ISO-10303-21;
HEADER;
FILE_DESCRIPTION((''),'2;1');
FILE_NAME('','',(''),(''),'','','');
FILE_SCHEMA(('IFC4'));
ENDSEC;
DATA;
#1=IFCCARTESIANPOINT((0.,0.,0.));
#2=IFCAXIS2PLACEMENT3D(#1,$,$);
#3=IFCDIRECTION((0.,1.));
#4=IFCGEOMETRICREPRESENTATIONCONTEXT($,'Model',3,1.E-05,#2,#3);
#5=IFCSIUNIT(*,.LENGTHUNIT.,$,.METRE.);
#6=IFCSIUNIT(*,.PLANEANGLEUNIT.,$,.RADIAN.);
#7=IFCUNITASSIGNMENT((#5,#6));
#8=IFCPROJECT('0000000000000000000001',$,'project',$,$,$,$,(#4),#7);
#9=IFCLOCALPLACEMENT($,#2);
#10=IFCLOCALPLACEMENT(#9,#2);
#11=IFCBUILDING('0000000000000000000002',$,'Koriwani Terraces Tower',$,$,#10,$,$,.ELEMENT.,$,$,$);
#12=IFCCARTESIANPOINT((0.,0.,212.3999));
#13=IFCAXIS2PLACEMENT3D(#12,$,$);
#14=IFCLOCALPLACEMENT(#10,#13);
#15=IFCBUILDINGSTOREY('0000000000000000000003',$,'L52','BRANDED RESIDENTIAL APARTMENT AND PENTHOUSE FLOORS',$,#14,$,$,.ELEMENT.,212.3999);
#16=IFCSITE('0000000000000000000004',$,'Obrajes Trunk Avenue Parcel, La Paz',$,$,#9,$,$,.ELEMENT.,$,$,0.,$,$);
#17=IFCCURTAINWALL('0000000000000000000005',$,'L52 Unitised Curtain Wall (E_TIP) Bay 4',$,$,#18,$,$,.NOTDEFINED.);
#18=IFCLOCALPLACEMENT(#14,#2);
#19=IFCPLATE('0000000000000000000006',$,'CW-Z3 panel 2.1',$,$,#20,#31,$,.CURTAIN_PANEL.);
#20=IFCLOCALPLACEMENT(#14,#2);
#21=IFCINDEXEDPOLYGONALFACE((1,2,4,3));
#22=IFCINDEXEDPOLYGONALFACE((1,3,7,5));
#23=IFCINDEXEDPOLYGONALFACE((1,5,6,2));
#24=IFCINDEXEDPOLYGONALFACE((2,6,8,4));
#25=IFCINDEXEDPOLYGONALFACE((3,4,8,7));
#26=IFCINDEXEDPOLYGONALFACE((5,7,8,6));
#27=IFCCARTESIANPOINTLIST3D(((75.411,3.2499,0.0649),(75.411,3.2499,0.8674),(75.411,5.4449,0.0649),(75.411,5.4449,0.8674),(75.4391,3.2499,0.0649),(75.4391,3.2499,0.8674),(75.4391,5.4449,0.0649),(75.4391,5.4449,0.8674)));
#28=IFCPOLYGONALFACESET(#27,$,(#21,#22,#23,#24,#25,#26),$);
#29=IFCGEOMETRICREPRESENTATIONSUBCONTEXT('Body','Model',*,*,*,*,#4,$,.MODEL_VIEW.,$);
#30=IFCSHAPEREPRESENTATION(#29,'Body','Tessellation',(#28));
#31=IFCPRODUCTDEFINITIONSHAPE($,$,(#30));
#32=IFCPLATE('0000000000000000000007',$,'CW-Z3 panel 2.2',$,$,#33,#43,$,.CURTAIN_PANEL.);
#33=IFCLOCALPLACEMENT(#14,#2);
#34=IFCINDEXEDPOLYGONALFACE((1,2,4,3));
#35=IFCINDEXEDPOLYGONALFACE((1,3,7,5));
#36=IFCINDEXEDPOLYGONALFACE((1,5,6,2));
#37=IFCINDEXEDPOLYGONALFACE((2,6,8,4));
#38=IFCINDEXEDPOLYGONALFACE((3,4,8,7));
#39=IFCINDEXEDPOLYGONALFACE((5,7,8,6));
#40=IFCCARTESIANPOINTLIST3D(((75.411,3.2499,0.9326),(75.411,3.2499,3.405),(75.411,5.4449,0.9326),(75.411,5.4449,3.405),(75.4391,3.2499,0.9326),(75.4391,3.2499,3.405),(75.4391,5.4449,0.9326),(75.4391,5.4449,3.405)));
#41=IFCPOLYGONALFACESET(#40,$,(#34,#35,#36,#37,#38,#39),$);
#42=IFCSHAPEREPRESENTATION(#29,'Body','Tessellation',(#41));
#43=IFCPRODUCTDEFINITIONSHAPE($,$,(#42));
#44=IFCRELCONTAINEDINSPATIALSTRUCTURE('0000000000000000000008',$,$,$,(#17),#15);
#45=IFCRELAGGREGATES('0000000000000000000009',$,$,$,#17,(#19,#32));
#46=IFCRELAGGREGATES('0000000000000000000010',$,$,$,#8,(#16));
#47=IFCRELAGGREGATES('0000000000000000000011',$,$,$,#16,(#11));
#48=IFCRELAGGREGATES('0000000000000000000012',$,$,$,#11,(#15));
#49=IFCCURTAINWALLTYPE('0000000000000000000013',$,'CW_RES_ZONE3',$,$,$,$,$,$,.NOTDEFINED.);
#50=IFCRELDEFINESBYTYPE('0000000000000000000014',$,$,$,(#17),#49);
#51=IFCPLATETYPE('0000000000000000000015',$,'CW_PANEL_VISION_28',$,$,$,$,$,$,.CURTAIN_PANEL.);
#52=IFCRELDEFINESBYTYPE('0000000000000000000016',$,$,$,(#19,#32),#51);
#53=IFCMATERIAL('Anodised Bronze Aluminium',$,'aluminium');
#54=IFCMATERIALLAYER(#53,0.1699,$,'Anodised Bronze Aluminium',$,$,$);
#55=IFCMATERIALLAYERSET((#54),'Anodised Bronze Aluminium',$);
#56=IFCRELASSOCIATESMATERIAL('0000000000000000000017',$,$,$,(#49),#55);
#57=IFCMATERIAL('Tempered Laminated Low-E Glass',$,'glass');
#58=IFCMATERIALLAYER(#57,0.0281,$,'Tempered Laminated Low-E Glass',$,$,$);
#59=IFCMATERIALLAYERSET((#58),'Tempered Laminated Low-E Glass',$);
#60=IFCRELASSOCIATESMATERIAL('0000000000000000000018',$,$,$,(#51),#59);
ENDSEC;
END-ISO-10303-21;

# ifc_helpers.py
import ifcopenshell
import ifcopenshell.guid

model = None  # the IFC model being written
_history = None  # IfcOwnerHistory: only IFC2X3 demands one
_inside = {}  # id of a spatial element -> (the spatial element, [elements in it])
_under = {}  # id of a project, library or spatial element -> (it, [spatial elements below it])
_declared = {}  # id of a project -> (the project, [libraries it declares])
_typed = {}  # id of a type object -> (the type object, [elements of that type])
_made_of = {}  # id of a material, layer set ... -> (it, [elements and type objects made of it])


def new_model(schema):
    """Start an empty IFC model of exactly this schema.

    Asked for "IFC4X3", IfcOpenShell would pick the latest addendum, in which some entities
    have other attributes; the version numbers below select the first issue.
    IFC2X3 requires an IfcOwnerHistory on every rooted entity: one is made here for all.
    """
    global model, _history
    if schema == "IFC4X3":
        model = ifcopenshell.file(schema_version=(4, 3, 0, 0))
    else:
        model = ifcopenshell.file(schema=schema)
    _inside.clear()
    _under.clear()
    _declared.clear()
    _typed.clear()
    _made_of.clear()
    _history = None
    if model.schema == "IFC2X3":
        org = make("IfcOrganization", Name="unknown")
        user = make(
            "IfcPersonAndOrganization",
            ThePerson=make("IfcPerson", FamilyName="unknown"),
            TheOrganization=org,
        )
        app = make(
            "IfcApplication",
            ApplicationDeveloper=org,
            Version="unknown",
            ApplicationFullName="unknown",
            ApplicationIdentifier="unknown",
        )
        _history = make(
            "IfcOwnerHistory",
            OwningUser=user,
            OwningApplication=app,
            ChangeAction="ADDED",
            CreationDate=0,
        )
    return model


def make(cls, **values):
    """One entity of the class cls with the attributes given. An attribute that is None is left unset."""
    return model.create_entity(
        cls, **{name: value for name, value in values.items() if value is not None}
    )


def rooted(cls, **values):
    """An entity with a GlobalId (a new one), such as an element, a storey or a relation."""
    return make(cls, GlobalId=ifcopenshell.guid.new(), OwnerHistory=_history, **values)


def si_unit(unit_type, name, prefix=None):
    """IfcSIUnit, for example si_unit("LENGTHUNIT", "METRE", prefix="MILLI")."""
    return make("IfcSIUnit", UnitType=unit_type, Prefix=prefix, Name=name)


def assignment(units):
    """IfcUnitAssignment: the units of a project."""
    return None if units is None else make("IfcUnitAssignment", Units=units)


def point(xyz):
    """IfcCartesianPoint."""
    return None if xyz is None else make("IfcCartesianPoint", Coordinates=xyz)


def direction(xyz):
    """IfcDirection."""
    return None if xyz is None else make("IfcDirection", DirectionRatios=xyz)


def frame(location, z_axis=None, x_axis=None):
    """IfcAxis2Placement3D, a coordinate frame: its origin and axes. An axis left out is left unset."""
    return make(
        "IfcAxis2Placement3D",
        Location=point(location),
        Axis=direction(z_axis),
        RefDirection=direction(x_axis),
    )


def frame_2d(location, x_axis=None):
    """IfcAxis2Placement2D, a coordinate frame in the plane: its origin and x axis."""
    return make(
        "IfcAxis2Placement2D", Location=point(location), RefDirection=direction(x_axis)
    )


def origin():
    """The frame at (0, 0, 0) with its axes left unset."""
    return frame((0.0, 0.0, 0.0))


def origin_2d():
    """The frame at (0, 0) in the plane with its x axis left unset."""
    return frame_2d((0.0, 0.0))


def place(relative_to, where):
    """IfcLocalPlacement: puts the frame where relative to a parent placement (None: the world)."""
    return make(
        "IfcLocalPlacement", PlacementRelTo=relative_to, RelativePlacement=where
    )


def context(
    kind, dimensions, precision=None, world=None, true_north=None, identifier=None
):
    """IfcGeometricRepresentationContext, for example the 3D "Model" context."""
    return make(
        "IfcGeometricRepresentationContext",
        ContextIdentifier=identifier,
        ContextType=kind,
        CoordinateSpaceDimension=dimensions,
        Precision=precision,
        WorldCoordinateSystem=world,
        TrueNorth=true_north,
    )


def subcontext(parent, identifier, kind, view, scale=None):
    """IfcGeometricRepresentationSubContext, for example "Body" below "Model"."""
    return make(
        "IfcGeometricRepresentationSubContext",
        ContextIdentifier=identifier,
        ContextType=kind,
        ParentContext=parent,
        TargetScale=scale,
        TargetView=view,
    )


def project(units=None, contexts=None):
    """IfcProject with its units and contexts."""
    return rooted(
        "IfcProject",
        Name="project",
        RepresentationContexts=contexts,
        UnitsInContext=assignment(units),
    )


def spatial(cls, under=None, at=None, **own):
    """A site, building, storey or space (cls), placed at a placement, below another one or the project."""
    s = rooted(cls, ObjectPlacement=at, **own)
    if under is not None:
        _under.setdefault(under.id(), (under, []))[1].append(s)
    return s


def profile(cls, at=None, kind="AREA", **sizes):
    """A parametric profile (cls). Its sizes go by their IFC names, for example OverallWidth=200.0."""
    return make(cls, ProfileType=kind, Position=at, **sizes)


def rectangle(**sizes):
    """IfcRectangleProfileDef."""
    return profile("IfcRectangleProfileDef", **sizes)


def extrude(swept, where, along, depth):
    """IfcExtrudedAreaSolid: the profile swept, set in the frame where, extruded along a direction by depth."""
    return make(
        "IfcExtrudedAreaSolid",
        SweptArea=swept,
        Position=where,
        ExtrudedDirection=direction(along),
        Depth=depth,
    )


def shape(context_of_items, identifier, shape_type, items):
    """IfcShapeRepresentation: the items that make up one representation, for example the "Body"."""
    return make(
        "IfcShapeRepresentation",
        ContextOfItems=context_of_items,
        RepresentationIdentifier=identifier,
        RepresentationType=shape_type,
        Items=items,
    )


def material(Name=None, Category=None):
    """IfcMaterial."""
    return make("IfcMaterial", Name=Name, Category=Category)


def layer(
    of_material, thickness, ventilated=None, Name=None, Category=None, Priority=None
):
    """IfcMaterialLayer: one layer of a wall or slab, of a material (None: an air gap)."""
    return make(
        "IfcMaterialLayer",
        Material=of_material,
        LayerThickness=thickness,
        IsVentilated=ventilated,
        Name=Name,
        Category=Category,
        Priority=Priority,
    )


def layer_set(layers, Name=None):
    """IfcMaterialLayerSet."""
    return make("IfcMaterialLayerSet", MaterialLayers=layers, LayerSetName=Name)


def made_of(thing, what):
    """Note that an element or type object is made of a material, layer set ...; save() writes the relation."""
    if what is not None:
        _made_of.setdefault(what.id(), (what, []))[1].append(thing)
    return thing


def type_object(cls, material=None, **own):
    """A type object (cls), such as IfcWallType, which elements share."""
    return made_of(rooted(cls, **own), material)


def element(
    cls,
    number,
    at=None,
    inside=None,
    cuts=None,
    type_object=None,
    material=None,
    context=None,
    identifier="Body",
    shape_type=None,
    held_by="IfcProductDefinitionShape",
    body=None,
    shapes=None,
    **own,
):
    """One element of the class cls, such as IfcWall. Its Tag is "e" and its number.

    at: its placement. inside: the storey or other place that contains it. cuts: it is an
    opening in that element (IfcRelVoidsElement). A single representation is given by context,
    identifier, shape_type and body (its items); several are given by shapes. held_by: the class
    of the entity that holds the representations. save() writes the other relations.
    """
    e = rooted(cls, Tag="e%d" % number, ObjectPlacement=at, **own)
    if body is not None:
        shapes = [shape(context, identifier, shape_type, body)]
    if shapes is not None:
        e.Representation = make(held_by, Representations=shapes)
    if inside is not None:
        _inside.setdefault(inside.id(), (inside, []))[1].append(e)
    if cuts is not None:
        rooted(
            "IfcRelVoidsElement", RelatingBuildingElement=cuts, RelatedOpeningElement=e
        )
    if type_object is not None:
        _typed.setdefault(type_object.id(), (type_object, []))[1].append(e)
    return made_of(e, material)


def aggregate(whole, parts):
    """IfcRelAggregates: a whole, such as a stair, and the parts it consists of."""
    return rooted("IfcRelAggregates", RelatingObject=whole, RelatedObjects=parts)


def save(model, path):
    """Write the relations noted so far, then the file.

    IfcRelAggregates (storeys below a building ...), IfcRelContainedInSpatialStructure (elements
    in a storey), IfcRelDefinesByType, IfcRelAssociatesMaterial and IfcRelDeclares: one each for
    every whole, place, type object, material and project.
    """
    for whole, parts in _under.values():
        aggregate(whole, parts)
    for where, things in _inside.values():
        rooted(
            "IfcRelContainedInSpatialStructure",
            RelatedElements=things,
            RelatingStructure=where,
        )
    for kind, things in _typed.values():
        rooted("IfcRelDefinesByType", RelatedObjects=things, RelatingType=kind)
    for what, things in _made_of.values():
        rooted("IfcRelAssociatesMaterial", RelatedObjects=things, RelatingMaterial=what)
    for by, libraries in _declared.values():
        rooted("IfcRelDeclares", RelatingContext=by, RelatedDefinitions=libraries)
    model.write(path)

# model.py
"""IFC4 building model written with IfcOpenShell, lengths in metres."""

from ifc_helpers import new_model, si_unit, direction, frame, origin, origin_2d, place, context, subcontext, project, spatial, rectangle, extrude, material, layer, layer_set, type_object, element, aggregate, save


model = new_model("IFC4")

# Units and contexts
model_context = context("Model", 3, precision=1e-05, world=origin(), true_north=direction((0.0, 1.0)))
body_context = subcontext(model_context, "Body", "Model", "MODEL_VIEW")
ifc_project = project(units=[si_unit("LENGTHUNIT", "METRE"), si_unit("PLANEANGLEUNIT", "RADIAN")], contexts=[model_context])

# Site, building, storey
site_placement = place(None, origin())
site = spatial("IfcSite", under=ifc_project, at=site_placement, Name="Obrajes Trunk Avenue Parcel, La Paz", CompositionType="ELEMENT", RefElevation=0.0)
building_placement = place(site_placement, origin())
building = spatial("IfcBuilding", under=site, at=building_placement, Name="Koriwani Terraces Tower", CompositionType="ELEMENT")
storey_placement = place(building_placement, frame((0.0, 0.0, 212.3999)))
storey = spatial("IfcBuildingStorey", under=building, at=storey_placement, Name="L52", Description="BRANDED RESIDENTIAL APARTMENT AND PENTHOUSE FLOORS", CompositionType="ELEMENT", Elevation=212.3999)

# Curtain wall, plates
ifc_material_1 = material(Name="Anodised Bronze Aluminium", Category="aluminium")
ifc_layer_1 = layer(ifc_material_1, 0.1699, Name="Anodised Bronze Aluminium")
ifc_layer_set_1 = layer_set([ifc_layer_1], Name="Anodised Bronze Aluminium")
curtain_wall_type = type_object("IfcCurtainWallType", Name="CW_RES_ZONE3", PredefinedType="NOTDEFINED", material=ifc_layer_set_1)
curtain_wall_placement = place(storey_placement, origin())
curtain_wall = element("IfcCurtainWall", 1, at=curtain_wall_placement, inside=storey, type_object=curtain_wall_type, Name="L52 Unitised Curtain Wall (E_TIP) Bay 4", PredefinedType="NOTDEFINED")
ifc_material_2 = material(Name="Tempered Laminated Low-E Glass", Category="glass")
ifc_layer_2 = layer(ifc_material_2, 0.0281, Name="Tempered Laminated Low-E Glass")
ifc_layer_set_2 = layer_set([ifc_layer_2], Name="Tempered Laminated Low-E Glass")
plate_type = type_object("IfcPlateType", Name="CW_PANEL_VISION_28", PredefinedType="CURTAIN_PANEL", material=ifc_layer_set_2)
plate_1_placement = place(storey_placement, frame((75.425, 4.3474, 0.0649), z_axis=(0.0, 0.0, 1.0), x_axis=(0.0, -1.0, 0.0)))
plate_1 = element("IfcPlate", 2, at=plate_1_placement, type_object=plate_type, Name="CW-Z3 panel 2.1", PredefinedType="CURTAIN_PANEL", context=body_context, shape_type="SweptSolid", body=[
    extrude(rectangle(XDim=2.1951, YDim=0.0281, at=origin_2d()), origin(), (0.0, 0.0, 1.0), 0.8025),
])
plate_2_placement = place(storey_placement, frame((75.425, 4.3474, 0.9326), z_axis=(0.0, 0.0, 1.0), x_axis=(0.0, -1.0, 0.0)))
plate_2 = element("IfcPlate", 3, at=plate_2_placement, type_object=plate_type, Name="CW-Z3 panel 2.2", PredefinedType="CURTAIN_PANEL", context=body_context, shape_type="SweptSolid", body=[
    extrude(rectangle(XDim=2.1951, YDim=0.0281, at=origin_2d()), origin(), (0.0, 0.0, 1.0), 2.4724),
])
aggregate(curtain_wall, [plate_1, plate_2])

save(model, "model.ifc")
